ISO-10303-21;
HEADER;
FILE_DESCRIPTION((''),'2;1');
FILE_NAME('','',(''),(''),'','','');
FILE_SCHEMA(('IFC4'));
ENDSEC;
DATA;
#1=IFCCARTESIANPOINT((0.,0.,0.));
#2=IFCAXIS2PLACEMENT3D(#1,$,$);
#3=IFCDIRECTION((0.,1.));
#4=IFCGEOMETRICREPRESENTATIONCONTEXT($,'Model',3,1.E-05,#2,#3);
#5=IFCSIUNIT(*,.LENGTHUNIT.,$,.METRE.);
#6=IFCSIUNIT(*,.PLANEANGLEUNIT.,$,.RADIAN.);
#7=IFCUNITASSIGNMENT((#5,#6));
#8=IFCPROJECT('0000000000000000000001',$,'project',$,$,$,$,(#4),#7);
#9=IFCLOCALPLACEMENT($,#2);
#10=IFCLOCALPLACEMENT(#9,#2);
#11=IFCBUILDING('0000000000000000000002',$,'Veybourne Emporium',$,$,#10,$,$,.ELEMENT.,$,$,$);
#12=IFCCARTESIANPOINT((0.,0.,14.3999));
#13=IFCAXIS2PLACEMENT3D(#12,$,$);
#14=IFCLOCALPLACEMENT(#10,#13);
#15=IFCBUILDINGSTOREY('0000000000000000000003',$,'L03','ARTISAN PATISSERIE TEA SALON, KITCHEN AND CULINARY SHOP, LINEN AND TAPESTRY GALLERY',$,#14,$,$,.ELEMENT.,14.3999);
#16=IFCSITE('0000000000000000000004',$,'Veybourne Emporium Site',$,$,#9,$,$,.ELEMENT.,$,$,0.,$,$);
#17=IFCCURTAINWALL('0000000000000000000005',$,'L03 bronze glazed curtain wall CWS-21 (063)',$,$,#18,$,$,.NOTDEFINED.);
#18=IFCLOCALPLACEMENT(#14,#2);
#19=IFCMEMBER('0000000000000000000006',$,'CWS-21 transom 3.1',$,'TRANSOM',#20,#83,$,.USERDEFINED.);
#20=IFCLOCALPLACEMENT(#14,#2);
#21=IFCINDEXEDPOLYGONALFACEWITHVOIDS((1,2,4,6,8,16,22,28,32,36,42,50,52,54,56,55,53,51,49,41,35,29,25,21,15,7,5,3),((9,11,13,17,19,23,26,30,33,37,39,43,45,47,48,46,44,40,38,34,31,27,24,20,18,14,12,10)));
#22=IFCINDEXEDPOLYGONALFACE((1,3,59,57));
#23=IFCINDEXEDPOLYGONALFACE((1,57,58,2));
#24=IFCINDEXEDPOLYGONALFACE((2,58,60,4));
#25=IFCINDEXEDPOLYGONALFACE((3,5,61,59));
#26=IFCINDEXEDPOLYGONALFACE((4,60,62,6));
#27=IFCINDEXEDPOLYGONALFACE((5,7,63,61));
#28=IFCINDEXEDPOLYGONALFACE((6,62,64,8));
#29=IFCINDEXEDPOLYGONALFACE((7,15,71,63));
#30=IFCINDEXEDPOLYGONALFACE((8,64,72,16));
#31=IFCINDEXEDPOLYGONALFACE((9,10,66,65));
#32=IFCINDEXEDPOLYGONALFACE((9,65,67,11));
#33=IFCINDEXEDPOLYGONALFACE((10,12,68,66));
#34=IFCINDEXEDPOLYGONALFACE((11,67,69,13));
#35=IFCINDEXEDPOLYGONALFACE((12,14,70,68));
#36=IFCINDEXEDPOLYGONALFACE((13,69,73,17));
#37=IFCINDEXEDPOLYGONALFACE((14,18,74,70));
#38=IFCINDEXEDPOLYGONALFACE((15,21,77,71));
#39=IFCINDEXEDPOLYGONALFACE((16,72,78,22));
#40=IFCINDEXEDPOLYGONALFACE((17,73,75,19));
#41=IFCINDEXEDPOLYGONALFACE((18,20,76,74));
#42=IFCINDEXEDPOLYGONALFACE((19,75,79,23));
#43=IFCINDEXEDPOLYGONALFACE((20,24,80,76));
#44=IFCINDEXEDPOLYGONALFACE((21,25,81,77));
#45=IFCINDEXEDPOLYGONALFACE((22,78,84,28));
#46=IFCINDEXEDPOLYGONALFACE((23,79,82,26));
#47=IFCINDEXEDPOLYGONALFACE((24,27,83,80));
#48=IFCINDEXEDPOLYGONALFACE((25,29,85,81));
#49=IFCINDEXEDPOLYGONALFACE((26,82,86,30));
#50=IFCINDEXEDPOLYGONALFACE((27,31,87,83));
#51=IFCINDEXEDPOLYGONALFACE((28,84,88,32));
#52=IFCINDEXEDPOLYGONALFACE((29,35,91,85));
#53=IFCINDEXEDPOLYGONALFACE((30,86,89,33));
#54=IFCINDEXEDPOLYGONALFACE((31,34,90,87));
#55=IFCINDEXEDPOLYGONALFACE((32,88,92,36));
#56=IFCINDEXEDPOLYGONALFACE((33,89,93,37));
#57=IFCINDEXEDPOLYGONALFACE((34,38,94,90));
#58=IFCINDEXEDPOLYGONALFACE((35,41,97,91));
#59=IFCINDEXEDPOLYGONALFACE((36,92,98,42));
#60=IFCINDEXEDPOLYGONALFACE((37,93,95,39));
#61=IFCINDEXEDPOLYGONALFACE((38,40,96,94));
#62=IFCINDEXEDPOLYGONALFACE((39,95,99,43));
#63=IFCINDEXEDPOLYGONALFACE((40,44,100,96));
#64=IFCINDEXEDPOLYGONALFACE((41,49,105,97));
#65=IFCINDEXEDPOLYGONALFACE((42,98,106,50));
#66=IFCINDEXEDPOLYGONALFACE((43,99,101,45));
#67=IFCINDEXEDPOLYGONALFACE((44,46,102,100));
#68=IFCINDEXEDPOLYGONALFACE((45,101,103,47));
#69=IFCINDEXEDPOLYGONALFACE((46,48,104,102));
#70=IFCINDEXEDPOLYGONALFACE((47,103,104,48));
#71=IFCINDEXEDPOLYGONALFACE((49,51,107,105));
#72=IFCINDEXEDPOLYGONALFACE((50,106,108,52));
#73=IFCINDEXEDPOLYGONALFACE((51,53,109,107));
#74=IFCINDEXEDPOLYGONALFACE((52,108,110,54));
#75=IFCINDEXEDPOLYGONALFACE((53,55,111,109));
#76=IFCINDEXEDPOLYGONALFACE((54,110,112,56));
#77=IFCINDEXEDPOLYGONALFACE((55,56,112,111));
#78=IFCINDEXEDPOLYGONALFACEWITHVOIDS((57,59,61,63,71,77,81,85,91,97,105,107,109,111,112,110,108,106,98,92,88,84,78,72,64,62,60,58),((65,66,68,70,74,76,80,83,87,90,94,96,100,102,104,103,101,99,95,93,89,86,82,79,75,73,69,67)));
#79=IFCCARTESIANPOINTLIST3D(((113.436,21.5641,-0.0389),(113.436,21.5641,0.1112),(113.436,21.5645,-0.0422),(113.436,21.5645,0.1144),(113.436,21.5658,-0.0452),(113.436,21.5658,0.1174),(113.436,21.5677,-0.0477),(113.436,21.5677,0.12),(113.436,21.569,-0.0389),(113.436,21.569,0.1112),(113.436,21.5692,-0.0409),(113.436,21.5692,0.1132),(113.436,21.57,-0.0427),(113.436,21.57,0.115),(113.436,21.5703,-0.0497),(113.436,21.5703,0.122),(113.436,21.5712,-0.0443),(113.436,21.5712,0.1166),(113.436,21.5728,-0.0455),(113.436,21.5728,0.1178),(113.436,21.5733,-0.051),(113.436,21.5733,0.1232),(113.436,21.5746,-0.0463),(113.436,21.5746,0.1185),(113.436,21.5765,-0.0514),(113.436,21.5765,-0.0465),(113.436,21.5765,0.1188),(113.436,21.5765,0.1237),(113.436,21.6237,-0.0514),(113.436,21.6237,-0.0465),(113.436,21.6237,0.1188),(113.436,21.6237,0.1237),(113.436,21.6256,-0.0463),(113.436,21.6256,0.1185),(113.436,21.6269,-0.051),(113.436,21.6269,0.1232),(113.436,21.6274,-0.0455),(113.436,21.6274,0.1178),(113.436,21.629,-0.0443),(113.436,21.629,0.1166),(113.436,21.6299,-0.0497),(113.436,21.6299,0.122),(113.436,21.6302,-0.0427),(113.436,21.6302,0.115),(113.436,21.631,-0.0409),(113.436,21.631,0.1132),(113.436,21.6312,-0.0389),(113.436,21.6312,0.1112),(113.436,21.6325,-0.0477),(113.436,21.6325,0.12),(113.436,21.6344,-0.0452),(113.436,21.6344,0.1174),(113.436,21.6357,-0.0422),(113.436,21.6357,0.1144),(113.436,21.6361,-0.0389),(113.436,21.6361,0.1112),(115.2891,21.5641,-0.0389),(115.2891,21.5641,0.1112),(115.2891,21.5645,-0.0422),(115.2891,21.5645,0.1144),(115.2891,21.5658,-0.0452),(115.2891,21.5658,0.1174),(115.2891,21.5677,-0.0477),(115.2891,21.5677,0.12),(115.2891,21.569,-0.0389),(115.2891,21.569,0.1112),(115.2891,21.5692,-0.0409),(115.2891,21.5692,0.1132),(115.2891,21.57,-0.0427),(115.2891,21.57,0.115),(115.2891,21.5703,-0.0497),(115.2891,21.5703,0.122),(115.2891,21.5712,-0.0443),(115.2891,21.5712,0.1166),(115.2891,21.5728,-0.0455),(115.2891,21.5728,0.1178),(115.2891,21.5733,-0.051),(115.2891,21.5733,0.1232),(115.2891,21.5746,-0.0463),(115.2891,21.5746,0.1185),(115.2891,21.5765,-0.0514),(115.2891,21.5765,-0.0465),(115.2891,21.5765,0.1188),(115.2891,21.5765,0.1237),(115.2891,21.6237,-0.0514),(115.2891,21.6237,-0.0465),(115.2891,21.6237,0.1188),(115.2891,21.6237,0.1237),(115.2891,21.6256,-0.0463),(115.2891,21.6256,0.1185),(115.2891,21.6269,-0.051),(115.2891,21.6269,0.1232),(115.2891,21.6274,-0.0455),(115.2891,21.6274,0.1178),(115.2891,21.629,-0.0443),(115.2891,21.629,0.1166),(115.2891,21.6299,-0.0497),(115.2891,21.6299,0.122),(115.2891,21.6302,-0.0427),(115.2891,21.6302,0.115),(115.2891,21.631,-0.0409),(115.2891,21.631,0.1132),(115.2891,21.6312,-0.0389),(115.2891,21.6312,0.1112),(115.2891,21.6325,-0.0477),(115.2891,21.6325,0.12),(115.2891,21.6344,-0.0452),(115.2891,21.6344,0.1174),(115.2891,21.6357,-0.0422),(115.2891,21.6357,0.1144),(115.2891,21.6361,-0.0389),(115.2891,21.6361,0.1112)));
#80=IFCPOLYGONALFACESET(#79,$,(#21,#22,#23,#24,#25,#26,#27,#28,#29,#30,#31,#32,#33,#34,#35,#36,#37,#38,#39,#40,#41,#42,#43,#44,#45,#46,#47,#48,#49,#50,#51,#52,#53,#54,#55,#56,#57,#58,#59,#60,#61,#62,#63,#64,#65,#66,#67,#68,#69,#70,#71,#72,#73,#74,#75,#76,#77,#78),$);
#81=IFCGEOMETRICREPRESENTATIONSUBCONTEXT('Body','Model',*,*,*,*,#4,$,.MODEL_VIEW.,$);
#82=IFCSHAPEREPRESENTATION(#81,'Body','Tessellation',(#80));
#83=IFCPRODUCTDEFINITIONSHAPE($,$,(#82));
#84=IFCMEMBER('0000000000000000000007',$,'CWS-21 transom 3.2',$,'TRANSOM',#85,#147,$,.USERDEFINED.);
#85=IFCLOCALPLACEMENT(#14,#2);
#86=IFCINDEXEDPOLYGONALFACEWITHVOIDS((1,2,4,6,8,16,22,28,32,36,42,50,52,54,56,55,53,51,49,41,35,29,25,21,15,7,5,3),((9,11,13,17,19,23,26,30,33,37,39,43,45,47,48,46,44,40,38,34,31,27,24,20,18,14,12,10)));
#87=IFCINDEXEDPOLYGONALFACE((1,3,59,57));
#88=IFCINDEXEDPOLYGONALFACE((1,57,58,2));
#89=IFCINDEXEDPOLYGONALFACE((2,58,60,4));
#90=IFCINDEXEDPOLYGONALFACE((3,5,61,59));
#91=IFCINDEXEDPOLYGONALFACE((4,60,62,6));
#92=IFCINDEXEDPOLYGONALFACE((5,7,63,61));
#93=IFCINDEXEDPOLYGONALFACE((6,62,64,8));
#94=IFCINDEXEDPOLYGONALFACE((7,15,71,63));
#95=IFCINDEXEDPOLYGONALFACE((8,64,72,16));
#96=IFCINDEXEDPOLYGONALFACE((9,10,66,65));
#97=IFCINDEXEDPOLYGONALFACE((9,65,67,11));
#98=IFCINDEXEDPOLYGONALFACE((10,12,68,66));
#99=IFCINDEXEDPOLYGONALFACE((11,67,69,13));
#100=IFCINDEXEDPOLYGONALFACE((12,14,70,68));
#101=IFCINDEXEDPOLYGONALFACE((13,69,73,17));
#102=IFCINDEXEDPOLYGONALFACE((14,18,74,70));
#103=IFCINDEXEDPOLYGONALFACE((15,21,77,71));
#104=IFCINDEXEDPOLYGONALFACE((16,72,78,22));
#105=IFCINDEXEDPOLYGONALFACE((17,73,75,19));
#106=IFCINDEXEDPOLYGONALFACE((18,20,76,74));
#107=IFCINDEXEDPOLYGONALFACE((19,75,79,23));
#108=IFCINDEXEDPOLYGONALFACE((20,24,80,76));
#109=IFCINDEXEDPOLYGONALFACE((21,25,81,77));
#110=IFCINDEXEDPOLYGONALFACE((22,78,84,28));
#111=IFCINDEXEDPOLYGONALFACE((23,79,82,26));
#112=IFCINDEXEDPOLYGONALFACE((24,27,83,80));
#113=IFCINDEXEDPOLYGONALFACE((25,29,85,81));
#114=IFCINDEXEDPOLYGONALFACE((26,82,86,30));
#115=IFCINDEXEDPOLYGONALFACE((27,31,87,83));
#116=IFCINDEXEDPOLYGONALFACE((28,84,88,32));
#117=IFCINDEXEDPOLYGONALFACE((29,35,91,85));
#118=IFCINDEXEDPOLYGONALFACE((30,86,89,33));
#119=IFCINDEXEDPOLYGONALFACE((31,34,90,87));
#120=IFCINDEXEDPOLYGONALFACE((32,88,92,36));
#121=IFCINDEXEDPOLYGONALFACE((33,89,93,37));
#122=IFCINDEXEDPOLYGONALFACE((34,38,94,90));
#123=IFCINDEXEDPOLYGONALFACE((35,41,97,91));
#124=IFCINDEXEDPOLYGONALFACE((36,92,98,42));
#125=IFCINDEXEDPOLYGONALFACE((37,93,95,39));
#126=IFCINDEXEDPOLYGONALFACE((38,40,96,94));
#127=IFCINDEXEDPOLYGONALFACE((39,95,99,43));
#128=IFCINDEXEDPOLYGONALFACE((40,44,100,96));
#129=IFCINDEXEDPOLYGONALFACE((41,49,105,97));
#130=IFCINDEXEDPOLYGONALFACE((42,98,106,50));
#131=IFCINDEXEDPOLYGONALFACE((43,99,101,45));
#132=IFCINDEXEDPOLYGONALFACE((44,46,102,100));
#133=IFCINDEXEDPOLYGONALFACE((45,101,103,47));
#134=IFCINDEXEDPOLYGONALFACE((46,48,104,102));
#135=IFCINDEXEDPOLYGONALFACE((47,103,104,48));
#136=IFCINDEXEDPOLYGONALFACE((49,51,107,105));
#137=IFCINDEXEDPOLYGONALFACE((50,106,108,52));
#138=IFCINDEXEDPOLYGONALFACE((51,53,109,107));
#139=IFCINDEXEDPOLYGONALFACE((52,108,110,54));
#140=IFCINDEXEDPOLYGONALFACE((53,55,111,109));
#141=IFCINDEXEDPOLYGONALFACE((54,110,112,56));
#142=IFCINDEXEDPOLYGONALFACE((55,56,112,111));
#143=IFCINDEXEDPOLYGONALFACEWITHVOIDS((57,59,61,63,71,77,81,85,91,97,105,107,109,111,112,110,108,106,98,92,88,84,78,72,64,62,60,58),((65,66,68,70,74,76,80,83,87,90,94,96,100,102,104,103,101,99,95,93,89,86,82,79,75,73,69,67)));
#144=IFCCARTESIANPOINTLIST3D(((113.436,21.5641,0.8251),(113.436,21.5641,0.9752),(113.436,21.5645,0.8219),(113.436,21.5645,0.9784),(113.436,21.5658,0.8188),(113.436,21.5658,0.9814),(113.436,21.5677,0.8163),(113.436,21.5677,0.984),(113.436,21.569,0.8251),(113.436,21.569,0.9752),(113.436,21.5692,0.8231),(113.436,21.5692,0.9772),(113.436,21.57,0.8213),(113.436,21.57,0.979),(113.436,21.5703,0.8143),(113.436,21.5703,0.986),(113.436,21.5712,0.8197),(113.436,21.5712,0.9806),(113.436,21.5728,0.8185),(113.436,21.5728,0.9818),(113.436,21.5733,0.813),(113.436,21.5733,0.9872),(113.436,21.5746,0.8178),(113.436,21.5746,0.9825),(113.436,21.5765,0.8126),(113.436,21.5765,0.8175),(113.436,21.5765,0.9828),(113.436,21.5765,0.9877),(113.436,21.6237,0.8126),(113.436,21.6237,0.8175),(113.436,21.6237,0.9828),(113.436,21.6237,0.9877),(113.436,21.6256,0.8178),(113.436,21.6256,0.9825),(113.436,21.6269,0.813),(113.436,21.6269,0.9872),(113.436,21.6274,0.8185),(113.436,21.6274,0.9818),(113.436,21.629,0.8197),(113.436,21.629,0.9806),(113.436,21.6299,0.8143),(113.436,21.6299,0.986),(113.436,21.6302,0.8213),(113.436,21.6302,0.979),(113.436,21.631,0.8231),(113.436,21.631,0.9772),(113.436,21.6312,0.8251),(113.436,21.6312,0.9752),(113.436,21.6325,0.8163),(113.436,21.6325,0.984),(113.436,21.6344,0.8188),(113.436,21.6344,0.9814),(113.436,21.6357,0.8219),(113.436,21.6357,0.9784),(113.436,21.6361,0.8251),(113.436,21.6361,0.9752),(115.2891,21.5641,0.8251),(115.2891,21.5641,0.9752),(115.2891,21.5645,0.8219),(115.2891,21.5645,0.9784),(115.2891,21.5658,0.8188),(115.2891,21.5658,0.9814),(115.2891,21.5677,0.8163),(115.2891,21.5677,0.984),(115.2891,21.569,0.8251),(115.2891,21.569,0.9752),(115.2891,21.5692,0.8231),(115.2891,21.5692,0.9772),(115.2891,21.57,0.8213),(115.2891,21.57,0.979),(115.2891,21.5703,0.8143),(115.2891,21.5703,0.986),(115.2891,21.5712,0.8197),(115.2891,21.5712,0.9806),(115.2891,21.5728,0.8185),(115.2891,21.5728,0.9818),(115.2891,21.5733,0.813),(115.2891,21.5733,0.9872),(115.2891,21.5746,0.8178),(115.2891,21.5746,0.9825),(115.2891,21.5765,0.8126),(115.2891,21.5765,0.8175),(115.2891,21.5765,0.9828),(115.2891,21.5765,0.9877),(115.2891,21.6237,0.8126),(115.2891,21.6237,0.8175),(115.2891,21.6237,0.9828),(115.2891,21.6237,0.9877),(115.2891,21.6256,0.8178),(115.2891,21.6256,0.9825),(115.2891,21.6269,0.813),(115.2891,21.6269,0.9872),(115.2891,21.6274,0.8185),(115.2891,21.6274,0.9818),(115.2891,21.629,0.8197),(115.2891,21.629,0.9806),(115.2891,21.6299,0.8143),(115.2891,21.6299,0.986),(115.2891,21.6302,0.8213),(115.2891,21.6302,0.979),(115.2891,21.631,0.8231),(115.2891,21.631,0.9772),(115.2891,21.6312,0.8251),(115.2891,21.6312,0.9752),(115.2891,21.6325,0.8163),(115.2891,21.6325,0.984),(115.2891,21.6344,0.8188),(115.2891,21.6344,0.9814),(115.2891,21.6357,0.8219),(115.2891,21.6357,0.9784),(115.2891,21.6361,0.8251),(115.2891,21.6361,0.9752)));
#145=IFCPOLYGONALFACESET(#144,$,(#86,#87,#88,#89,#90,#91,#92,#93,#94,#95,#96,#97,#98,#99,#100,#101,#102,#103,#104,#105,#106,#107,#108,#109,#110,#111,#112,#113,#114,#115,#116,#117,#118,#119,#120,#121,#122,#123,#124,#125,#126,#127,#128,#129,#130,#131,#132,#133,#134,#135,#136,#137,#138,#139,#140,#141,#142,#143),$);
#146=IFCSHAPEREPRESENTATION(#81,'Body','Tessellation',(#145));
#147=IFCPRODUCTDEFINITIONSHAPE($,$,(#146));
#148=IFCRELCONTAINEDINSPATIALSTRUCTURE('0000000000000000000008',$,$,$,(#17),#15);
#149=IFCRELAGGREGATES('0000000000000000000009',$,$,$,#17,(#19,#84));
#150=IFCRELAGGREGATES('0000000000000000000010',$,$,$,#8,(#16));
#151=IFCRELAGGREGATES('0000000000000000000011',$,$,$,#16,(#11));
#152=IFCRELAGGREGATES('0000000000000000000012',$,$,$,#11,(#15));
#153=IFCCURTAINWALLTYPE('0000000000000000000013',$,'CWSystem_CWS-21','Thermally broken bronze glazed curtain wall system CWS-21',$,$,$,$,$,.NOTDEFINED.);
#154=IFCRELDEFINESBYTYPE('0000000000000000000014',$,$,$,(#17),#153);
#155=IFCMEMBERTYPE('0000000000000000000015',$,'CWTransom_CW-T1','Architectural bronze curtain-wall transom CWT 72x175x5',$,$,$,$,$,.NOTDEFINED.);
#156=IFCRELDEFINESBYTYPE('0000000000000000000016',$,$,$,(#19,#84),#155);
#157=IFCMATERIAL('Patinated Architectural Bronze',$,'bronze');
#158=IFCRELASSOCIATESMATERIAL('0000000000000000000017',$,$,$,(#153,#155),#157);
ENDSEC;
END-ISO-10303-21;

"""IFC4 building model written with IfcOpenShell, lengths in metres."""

from ifc_helpers import new_model, si_unit, direction, frame, origin, origin_2d, place, context, subcontext, project, spatial, hollow_rectangle, extrude, material, material_profile, profile_set, type_object, element, aggregate, save


model = new_model("IFC4")

# Units and contexts
model_context = context("Model", 3, precision=1e-05, world=origin(), true_north=direction((0.0, 1.0)))
body_context = subcontext(model_context, "Body", "Model", "MODEL_VIEW")
ifc_project = project(units=[si_unit("LENGTHUNIT", "METRE"), si_unit("PLANEANGLEUNIT", "RADIAN")], contexts=[model_context])

# Site, building, storey
site_placement = place(None, origin())
site = spatial("IfcSite", under=ifc_project, at=site_placement, Name="Veybourne Emporium Site", CompositionType="ELEMENT", RefElevation=0.0)
building_placement = place(site_placement, origin())
building = spatial("IfcBuilding", under=site, at=building_placement, Name="Veybourne Emporium", CompositionType="ELEMENT")
storey_placement = place(building_placement, frame((0.0, 0.0, 14.3999)))
storey = spatial("IfcBuildingStorey", under=building, at=storey_placement, Name="L03", Description="ARTISAN PATISSERIE TEA SALON, KITCHEN AND CULINARY SHOP, LINEN AND TAPESTRY GALLERY", CompositionType="ELEMENT", Elevation=14.3999)

# Curtain wall, members
ifc_material_1 = material(Name="Patinated Architectural Bronze", Category="bronze")
curtain_wall_type = type_object("IfcCurtainWallType", Name="CWSystem_CWS-21", Description="Thermally broken bronze glazed curtain wall system CWS-21", PredefinedType="NOTDEFINED", material=ifc_material_1)
curtain_wall_placement = place(storey_placement, origin())
curtain_wall = element("IfcCurtainWall", 1, at=curtain_wall_placement, inside=storey, type_object=curtain_wall_type, Name="L03 bronze glazed curtain wall CWS-21 (063)", PredefinedType="NOTDEFINED")
ifc_material_profile_1 = material_profile(ifc_material_1, hollow_rectangle(XDim=0.072, YDim=0.175, WallThickness=0.0049, InnerFilletRadius=0.0076, OuterFilletRadius=0.0125, at=origin_2d()), Name="CWT 72x175x5")
ifc_profile_set_1 = profile_set([ifc_material_profile_1], Name="Patinated Architectural Bronze")
member_type_1 = type_object("IfcMemberType", Name="CWTransom_CW-T1", Description="Architectural bronze curtain-wall transom CWT 72x175x5", PredefinedType="NOTDEFINED", material=ifc_profile_set_1)
member_1_placement = place(storey_placement, frame((113.436, 21.6001, 0.0361), z_axis=(1.0, 0.0, 0.0), x_axis=(0.0, 1.0, 0.0)))
member_1 = element("IfcMember", 2, at=member_1_placement, type_object=member_type_1, Name="CWS-21 transom 3.1", ObjectType="TRANSOM", PredefinedType="USERDEFINED", context=body_context, shape_type="SweptSolid", body=[
    extrude(hollow_rectangle(XDim=0.072, YDim=0.175, WallThickness=0.0049, InnerFilletRadius=0.0076, OuterFilletRadius=0.0125, at=origin_2d()), origin(), (0.0, 0.0, 1.0), 1.853),
])
member_2_placement = place(storey_placement, frame((113.436, 21.6001, 0.9001), z_axis=(1.0, 0.0, 0.0), x_axis=(0.0, 1.0, 0.0)))
member_2 = element("IfcMember", 3, at=member_2_placement, type_object=member_type_1, Name="CWS-21 transom 3.2", ObjectType="TRANSOM", PredefinedType="USERDEFINED", context=body_context, shape_type="SweptSolid", body=[
    extrude(hollow_rectangle(XDim=0.072, YDim=0.175, WallThickness=0.0049, InnerFilletRadius=0.0076, OuterFilletRadius=0.0125, at=origin_2d()), origin(), (0.0, 0.0, 1.0), 1.853),
])
aggregate(curtain_wall, [member_1, member_2])

save(model, "model.ifc")
